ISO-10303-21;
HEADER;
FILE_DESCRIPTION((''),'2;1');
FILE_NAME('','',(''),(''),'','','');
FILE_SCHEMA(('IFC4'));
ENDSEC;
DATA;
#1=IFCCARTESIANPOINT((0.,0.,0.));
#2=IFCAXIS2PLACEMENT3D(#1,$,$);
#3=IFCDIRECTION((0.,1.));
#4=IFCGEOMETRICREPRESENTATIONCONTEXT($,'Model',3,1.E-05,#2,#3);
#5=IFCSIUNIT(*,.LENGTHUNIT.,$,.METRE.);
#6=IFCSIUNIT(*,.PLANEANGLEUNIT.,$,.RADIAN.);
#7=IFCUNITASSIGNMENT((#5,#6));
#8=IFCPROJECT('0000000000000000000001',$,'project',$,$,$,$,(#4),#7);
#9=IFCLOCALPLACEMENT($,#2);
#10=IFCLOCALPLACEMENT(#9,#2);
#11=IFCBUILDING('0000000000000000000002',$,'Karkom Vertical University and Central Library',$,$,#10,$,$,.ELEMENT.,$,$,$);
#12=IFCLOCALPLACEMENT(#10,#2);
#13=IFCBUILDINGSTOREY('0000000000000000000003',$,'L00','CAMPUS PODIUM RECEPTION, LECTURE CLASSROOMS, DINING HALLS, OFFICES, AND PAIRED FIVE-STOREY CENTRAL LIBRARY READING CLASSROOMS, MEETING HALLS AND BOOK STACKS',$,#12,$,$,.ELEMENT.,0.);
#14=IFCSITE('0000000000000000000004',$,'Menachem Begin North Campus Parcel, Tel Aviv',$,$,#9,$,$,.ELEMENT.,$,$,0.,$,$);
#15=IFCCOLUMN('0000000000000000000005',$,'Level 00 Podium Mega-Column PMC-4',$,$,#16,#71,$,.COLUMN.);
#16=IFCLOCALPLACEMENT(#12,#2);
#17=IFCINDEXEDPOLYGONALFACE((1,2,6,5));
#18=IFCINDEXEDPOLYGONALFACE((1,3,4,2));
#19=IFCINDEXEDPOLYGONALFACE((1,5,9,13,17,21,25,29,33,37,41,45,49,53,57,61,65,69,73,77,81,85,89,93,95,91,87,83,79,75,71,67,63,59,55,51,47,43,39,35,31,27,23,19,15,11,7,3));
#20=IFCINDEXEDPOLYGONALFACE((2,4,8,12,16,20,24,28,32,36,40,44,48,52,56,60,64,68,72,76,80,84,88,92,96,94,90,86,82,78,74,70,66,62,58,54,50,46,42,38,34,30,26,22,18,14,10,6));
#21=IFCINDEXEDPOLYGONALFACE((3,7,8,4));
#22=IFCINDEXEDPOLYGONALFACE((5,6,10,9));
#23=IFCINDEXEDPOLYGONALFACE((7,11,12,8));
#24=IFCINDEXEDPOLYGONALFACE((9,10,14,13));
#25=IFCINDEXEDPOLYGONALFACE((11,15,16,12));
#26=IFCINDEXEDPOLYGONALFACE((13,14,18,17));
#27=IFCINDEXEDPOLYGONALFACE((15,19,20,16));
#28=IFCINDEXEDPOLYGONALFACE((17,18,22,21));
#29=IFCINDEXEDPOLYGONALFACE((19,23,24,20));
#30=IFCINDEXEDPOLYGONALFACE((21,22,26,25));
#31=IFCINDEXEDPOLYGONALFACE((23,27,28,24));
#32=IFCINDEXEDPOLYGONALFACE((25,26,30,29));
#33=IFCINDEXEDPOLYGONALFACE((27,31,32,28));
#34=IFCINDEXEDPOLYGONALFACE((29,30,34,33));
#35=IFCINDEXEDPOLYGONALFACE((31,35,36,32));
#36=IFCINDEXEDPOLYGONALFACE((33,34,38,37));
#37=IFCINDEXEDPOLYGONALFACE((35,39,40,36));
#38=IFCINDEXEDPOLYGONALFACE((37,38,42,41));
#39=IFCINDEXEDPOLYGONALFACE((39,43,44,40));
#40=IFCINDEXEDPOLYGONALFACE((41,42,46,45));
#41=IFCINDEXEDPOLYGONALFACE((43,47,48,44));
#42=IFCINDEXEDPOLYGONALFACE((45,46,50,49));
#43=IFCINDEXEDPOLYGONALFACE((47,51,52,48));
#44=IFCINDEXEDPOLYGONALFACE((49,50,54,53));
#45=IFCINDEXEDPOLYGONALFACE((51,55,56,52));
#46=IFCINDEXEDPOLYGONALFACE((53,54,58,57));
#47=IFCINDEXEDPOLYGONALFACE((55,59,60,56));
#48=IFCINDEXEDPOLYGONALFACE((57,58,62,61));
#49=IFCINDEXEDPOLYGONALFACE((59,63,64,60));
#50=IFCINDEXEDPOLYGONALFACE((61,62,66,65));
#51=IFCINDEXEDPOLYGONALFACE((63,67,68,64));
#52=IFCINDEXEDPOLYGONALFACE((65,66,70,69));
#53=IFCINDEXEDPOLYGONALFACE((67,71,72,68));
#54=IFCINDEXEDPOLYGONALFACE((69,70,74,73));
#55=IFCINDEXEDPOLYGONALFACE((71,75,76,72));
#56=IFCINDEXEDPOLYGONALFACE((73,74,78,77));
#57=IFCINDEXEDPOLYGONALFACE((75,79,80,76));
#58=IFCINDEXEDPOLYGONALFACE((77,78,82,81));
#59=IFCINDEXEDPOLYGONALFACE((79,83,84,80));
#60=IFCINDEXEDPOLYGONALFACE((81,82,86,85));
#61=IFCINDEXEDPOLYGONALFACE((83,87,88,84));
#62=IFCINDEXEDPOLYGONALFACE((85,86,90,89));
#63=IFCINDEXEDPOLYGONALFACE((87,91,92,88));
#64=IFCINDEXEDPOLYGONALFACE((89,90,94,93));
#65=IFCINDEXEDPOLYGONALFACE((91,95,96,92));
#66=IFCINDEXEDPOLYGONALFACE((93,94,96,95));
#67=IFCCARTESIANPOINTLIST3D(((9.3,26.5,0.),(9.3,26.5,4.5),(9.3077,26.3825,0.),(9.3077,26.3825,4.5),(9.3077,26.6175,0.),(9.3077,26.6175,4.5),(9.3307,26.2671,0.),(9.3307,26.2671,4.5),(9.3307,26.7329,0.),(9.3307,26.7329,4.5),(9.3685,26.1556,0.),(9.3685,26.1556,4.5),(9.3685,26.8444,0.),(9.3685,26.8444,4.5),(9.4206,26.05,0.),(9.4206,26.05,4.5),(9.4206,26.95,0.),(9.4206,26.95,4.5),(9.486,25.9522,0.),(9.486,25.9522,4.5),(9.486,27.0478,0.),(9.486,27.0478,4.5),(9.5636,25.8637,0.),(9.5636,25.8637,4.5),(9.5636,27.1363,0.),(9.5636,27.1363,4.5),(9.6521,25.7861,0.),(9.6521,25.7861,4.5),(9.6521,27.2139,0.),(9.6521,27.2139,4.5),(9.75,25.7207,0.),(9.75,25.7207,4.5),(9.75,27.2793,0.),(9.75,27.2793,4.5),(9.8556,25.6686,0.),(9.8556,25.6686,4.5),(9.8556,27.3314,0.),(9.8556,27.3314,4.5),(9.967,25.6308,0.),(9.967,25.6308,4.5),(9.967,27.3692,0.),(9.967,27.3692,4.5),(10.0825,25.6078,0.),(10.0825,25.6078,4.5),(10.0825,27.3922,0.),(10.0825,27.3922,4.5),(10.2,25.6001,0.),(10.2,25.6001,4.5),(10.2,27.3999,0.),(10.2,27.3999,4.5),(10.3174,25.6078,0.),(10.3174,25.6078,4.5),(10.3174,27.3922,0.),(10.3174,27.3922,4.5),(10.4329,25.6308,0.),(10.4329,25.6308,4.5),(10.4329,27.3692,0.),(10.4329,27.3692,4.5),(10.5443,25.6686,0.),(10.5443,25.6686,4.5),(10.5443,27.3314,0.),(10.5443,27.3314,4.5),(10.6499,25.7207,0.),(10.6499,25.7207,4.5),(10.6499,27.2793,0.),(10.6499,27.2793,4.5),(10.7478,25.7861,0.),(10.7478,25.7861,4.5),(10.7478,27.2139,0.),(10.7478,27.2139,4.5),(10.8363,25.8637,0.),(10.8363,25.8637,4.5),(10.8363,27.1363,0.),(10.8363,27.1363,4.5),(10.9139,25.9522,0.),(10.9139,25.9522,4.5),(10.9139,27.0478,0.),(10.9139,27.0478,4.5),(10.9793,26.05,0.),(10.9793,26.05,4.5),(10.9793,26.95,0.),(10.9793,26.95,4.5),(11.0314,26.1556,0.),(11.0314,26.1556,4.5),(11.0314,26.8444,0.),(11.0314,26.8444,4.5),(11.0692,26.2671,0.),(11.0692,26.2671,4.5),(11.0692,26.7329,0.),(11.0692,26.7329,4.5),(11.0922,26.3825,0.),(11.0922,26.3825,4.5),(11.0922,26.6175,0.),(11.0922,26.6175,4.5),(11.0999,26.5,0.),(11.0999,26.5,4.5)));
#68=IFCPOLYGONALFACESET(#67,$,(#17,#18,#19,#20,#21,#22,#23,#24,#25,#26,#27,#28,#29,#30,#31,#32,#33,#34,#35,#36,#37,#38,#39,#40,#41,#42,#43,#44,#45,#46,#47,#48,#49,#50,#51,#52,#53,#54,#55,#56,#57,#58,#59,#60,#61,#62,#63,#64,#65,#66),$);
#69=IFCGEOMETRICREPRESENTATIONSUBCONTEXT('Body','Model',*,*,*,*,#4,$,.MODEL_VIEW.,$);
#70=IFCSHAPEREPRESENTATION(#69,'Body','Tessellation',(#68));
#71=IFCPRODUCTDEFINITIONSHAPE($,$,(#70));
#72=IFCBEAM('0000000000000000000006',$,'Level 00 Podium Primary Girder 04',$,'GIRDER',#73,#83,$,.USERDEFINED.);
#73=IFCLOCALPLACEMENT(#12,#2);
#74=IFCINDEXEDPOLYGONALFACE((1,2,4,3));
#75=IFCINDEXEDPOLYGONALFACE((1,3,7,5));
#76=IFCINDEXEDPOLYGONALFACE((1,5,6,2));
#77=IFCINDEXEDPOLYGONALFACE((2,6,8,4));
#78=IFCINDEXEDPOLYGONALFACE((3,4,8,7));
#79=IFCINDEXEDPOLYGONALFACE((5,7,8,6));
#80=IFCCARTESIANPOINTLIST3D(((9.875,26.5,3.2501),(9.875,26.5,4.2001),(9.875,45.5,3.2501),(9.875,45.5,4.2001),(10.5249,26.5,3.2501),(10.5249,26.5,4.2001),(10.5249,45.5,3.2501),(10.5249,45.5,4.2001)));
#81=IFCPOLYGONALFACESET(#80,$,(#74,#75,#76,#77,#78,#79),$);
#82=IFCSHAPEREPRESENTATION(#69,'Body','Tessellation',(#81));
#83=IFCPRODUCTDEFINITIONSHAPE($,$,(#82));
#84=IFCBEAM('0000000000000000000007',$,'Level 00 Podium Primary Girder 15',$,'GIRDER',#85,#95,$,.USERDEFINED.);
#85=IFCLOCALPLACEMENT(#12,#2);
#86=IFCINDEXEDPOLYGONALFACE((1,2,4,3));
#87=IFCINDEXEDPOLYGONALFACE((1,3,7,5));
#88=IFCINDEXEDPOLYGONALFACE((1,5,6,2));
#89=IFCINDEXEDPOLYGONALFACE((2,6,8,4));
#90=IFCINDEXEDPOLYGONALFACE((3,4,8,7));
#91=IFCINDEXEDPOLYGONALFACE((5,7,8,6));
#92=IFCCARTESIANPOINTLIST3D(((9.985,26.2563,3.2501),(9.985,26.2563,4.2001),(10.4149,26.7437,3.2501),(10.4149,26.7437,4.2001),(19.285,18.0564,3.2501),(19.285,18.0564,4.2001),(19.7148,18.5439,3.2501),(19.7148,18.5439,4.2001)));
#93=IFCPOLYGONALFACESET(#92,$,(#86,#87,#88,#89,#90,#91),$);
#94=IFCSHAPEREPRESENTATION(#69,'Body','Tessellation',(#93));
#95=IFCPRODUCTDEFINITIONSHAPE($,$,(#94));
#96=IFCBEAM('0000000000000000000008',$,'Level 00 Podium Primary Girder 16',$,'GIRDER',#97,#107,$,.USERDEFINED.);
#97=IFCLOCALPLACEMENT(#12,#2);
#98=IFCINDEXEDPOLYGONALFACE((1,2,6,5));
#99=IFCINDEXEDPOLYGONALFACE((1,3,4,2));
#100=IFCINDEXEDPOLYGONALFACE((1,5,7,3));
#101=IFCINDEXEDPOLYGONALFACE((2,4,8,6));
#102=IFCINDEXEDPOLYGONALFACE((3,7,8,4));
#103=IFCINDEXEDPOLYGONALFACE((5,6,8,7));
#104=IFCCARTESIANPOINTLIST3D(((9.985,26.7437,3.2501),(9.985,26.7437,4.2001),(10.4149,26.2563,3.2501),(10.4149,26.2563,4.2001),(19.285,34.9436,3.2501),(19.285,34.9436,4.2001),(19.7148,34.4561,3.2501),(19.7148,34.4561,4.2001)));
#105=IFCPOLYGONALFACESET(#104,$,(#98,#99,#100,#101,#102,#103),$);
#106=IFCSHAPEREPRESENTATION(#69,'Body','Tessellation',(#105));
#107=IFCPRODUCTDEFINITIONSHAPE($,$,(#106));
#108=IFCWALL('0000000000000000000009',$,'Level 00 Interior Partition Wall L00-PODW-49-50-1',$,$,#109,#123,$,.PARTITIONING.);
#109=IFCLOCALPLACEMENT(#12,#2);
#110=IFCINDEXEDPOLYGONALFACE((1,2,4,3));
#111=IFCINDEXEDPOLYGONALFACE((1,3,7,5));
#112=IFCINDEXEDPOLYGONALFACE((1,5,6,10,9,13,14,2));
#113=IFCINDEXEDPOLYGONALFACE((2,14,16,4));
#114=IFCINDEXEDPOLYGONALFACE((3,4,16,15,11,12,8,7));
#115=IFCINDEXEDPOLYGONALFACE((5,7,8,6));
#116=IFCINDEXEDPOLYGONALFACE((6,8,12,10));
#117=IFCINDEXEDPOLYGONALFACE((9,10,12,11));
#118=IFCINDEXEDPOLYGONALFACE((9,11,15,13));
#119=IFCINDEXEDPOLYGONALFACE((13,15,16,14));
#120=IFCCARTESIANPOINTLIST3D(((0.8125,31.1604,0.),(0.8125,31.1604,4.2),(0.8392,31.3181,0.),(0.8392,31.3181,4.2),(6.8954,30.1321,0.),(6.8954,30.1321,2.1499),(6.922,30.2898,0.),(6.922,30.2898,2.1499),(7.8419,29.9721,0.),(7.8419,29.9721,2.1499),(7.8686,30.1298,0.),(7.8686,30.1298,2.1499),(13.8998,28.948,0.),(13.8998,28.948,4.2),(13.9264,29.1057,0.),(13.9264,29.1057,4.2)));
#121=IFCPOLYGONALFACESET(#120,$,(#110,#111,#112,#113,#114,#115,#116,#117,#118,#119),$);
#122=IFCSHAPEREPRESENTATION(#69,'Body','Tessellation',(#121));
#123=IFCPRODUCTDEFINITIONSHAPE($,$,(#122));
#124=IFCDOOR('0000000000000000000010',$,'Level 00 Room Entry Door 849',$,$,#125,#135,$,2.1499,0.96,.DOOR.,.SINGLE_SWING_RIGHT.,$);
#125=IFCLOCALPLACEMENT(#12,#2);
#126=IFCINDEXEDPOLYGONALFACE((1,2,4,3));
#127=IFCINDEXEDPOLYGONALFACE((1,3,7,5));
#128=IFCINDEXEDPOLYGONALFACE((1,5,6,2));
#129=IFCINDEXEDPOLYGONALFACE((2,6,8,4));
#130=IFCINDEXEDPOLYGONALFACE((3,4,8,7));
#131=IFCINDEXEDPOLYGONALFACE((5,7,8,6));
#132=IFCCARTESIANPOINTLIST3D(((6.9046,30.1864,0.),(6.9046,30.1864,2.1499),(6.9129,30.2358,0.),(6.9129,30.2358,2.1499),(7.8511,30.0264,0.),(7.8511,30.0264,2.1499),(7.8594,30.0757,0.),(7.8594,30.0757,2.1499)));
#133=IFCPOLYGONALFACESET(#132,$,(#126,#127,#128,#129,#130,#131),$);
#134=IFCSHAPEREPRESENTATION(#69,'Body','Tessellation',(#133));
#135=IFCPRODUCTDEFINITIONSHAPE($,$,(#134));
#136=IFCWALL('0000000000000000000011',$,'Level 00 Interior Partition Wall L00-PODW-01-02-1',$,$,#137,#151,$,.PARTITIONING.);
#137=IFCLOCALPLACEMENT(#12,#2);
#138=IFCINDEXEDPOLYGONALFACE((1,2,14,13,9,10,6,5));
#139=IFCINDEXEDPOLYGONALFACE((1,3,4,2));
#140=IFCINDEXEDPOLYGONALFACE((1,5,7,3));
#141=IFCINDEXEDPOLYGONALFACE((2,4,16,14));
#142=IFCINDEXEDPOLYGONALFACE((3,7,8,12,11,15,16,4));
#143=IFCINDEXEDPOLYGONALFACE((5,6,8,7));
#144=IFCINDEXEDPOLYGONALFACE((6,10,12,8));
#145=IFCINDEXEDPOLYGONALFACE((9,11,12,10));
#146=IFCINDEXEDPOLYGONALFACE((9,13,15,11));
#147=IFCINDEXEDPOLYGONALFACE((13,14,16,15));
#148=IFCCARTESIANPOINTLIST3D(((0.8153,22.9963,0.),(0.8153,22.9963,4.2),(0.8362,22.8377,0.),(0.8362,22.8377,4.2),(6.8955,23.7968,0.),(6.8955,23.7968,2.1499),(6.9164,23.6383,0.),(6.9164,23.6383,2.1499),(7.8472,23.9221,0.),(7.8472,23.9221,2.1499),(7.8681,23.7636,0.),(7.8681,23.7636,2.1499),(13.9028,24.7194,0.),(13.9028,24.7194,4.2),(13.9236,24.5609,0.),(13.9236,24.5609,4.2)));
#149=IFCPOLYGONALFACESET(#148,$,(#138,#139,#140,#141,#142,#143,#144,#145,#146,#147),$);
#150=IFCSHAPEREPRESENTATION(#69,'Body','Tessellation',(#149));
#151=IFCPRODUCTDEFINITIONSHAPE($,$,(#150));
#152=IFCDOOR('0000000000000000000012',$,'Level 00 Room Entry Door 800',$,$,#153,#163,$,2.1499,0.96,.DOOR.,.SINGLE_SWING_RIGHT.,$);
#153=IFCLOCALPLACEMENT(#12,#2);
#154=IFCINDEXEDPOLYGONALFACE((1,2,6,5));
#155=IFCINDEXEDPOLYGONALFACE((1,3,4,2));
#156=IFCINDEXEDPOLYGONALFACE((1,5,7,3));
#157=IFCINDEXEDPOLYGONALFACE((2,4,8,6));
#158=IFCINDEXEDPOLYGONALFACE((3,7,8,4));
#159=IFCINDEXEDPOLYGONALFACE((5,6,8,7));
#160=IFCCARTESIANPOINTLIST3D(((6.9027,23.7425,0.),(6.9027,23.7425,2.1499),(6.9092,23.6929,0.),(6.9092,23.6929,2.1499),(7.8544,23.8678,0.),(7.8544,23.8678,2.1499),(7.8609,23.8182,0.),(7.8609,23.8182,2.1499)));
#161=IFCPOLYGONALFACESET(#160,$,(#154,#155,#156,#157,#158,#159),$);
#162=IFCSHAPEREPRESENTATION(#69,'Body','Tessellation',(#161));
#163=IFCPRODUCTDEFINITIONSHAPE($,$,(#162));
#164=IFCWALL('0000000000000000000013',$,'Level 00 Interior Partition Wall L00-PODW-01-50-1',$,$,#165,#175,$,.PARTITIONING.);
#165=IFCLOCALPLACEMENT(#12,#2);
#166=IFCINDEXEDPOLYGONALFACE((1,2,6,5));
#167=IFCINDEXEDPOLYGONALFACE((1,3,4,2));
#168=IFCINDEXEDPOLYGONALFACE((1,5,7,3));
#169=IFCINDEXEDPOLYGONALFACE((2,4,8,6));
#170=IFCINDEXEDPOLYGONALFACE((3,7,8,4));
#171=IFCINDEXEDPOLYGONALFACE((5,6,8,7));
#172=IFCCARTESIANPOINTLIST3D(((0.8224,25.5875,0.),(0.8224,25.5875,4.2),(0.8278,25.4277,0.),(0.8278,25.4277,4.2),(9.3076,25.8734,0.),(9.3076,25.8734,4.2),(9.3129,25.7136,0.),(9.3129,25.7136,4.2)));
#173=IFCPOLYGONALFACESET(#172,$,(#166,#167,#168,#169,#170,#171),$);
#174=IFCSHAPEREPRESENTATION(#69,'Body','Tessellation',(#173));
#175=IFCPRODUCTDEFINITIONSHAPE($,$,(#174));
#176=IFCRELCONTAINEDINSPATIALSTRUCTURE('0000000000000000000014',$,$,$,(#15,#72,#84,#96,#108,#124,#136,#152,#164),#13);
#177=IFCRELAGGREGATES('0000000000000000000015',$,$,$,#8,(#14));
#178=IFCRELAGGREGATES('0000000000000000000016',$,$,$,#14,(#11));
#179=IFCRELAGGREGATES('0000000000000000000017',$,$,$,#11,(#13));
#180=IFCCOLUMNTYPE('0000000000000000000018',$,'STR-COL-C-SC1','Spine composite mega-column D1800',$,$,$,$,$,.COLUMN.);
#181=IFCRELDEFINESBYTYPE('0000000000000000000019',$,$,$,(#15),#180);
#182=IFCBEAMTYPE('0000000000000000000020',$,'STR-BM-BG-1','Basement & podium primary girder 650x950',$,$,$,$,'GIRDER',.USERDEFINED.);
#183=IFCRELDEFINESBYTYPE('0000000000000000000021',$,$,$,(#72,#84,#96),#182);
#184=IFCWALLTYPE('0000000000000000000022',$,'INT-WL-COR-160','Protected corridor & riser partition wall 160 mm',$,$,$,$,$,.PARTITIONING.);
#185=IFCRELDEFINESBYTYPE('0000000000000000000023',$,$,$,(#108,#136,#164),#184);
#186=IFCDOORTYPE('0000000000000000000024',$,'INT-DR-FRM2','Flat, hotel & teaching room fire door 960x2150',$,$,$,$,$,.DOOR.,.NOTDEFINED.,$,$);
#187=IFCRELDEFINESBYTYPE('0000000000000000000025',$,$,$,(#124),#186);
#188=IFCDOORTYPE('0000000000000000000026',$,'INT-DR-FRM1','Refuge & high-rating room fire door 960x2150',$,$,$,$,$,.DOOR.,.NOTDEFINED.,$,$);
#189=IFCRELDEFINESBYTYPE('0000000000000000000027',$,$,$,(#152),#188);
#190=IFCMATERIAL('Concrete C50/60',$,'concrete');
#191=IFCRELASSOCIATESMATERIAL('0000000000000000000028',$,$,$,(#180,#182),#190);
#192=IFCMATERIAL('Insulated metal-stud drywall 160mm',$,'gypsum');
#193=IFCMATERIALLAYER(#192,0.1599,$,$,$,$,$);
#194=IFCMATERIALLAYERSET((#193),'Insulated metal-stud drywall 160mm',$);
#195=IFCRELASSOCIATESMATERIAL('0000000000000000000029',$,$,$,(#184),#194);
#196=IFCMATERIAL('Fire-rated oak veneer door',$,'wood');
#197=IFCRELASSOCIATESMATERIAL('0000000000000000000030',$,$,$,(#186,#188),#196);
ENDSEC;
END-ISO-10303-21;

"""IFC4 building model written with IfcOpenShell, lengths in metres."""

from ifc_helpers import new_model, si_unit, direction, frame, frame_2d, origin, origin_with_axes, origin_2d, place, context, subcontext, project, spatial, rectangle, circle, extrude, source, transform, mapped, material, layer, layer_set, material_profile, profile_set, type_object, element, fill, save


model = new_model("IFC4")

# Units and contexts
model_context = context("Model", 3, precision=1e-05, world=origin(), true_north=direction((0.0, 1.0)))
body_context = subcontext(model_context, "Body", "Model", "MODEL_VIEW")
ifc_project = project(units=[si_unit("LENGTHUNIT", "METRE"), si_unit("PLANEANGLEUNIT", "RADIAN")], contexts=[model_context])

# Site, building, storey
site_placement = place(None, origin())
site = spatial("IfcSite", under=ifc_project, at=site_placement, Name="Menachem Begin North Campus Parcel, Tel Aviv", CompositionType="ELEMENT", RefElevation=0.0)
building_placement = place(site_placement, origin())
building = spatial("IfcBuilding", under=site, at=building_placement, Name="Karkom Vertical University and Central Library", CompositionType="ELEMENT")
storey_placement = place(building_placement, origin())
storey = spatial("IfcBuildingStorey", under=building, at=storey_placement, Name="L00", Description="CAMPUS PODIUM RECEPTION, LECTURE CLASSROOMS, DINING HALLS, OFFICES, AND PAIRED FIVE-STOREY CENTRAL LIBRARY READING CLASSROOMS, MEETING HALLS AND BOOK STACKS", CompositionType="ELEMENT", Elevation=0.0)

# Column
ifc_material_1 = material(Name="Concrete C50/60", Category="concrete")
ifc_material_profile_1 = material_profile(ifc_material_1, circle(Radius=0.8999, at=origin_2d()), Name="CFT-D1800")
ifc_profile_set_1 = profile_set([ifc_material_profile_1], Name="Concrete C50/60")
column_type = type_object("IfcColumnType", Name="STR-COL-C-SC1", Description="Spine composite mega-column D1800", PredefinedType="COLUMN", material=ifc_profile_set_1)
shared_shape_1 = source(origin_with_axes(), body_context, "Body", "SweptSolid", [
    extrude(circle(Radius=0.8999, at=origin_2d()), origin(), (0.0, 0.0, 1.0), 4.5),
])
column_placement = place(storey_placement, frame((10.2, 26.5, 0.0), z_axis=(0.0, 0.0, 1.0), x_axis=(1.0, 0.0, 0.0)))
element("IfcColumn", 1, at=column_placement, inside=storey, type_object=column_type, Name="Level 00 Podium Mega-Column PMC-4", PredefinedType="COLUMN", context=body_context, shape_type="MappedRepresentation", body=[
    mapped(shared_shape_1, transform((0.0, 0.0, 0.0), scale=1.0)),
])

# Beams
ifc_material_profile_2 = material_profile(ifc_material_1, rectangle(XDim=0.6499, YDim=0.95, at=origin_2d()), Name="RCG-650x950")
ifc_profile_set_2 = profile_set([ifc_material_profile_2], Name="Concrete C50/60")
beam_type = type_object("IfcBeamType", Name="STR-BM-BG-1", Description="Basement & podium primary girder 650x950", ElementType="GIRDER", PredefinedType="USERDEFINED", material=ifc_profile_set_2)
shared_shape_2 = source(origin_with_axes(), body_context, "Body", "SweptSolid", [
    extrude(rectangle(XDim=0.6499, YDim=0.95, at=origin_2d()), origin(), (0.0, 0.0, 1.0), 19.0),
])
beam_placement = place(storey_placement, frame((10.2, 26.5, 3.7251), z_axis=(0.0, 1.0, 0.0), x_axis=(-1.0, 0.0, 0.0)))
element("IfcBeam", 2, at=beam_placement, inside=storey, type_object=beam_type, Name="Level 00 Podium Primary Girder 04", ObjectType="GIRDER", PredefinedType="USERDEFINED", context=body_context, shape_type="MappedRepresentation", body=[
    mapped(shared_shape_2, transform((0.0, 0.0, 0.0), scale=1.0)),
])
shared_shape_3 = source(origin_with_axes(), body_context, "Body", "SweptSolid", [
    extrude(rectangle(XDim=0.6499, YDim=0.95, at=origin_2d()), origin(), (0.0, 0.0, 1.0), 12.3987),
])
for number, where, z_axis, x_axis, name in (
    (3, (10.2, 26.5, 3.7251), (0.750077, -0.661351, 0.0), (0.661351, 0.750077, 0.0), "Level 00 Podium Primary Girder 15"),
    (4, (10.2, 26.5, 3.7251), (0.750077, 0.661351, 0.0), (-0.661351, 0.750077, 0.0), "Level 00 Podium Primary Girder 16"),
):
    element("IfcBeam", number, at=place(storey_placement, frame(where, z_axis=z_axis, x_axis=x_axis)), inside=storey, type_object=beam_type, Name=name, ObjectType="GIRDER", PredefinedType="USERDEFINED", context=body_context, shape_type="MappedRepresentation", body=[
        mapped(shared_shape_3, transform((0.0, 0.0, 0.0), scale=1.0)),
    ])

# Walls, openings, doors
ifc_material_2 = material(Name="Insulated metal-stud drywall 160mm", Category="gypsum")
ifc_layer_1 = layer(ifc_material_2, 0.1599)
ifc_layer_set_1 = layer_set([ifc_layer_1], Name="Insulated metal-stud drywall 160mm")
wall_type_1 = type_object("IfcWallType", Name="INT-WL-COR-160", Description="Protected corridor & riser partition wall 160 mm", PredefinedType="PARTITIONING", material=ifc_layer_set_1)
wall_1_placement = place(storey_placement, frame((13.9131, 29.0269, 0.0), z_axis=(0.0, 0.0, 1.0), x_axis=(-0.98601, 0.166686, 0.0)))
wall_1 = element("IfcWall", 5, at=wall_1_placement, inside=storey, type_object=wall_type_1, Name="Level 00 Interior Partition Wall L00-PODW-49-50-1", PredefinedType="PARTITIONING", context=body_context, shape_type="SweptSolid", body=[
    extrude(rectangle(XDim=13.2729, YDim=0.1599, at=frame_2d((6.6365, 0.0))), origin(), (0.0, 0.0, 1.0), 4.2),
])
opening_1_placement = place(wall_1_placement, frame((6.1438, 0.0, 0.0)))
opening_1 = element("IfcOpeningElement", 6, at=opening_1_placement, cuts=wall_1, PredefinedType="OPENING", context=body_context, shape_type="SweptSolid", body=[
    extrude(rectangle(XDim=0.96, YDim=2.1499, at=frame_2d((0.48, 1.075))), frame((0.0, 0.0898, 0.0), z_axis=(0.0, -1.0, 0.0), x_axis=(1.0, 0.0, 0.0)), (0.0, 0.0, 1.0), 0.1799),
])
ifc_material_3 = material(Name="Fire-rated oak veneer door", Category="wood")
door_type_1 = type_object("IfcDoorType", Name="INT-DR-FRM2", Description="Flat, hotel & teaching room fire door 960x2150", OperationType="NOTDEFINED", PredefinedType="DOOR", material=ifc_material_3)
shared_shape_4 = source(origin_with_axes(), body_context, "Body", "SweptSolid", [
    extrude(rectangle(XDim=0.96, YDim=2.1499, at=frame_2d((0.48, 1.075))), frame((0.0, 0.0249, 0.0), z_axis=(0.0, -1.0, 0.0), x_axis=(1.0, 0.0, 0.0)), (0.0, 0.0, 1.0), 0.05),
])
door_1_placement = place(opening_1_placement, origin())
door_1 = element("IfcDoor", 7, at=door_1_placement, inside=storey, type_object=door_type_1, Name="Level 00 Room Entry Door 849", OperationType="SINGLE_SWING_RIGHT", OverallHeight=2.1499, OverallWidth=0.96, PredefinedType="DOOR", context=body_context, shape_type="MappedRepresentation", body=[
    mapped(shared_shape_4, transform((0.0, 0.0, 0.0), scale=1.0)),
])
fill(opening_1, door_1)
wall_2_placement = place(storey_placement, frame((13.9131, 24.6401, 0.0), z_axis=(0.0, 0.0, 1.0), x_axis=(-0.991443, -0.130538, 0.0)))
wall_2 = element("IfcWall", 8, at=wall_2_placement, inside=storey, type_object=wall_type_1, Name="Level 00 Interior Partition Wall L00-PODW-01-02-1", PredefinedType="PARTITIONING", context=body_context, shape_type="SweptSolid", body=[
    extrude(rectangle(XDim=13.2004, YDim=0.1599, at=frame_2d((6.6001, 0.0))), origin(), (0.0, 0.0, 1.0), 4.2),
])
opening_2_placement = place(wall_2_placement, frame((6.1077, 0.0, 0.0)))
opening_2 = element("IfcOpeningElement", 9, at=opening_2_placement, cuts=wall_2, PredefinedType="OPENING", context=body_context, shape_type="SweptSolid", body=[
    extrude(rectangle(XDim=0.96, YDim=2.1499, at=frame_2d((0.48, 1.075))), frame((0.0, 0.0898, 0.0), z_axis=(0.0, -1.0, 0.0), x_axis=(1.0, 0.0, 0.0)), (0.0, 0.0, 1.0), 0.1799),
])
door_type_2 = type_object("IfcDoorType", Name="INT-DR-FRM1", Description="Refuge & high-rating room fire door 960x2150", OperationType="NOTDEFINED", PredefinedType="DOOR", material=ifc_material_3)
door_2_placement = place(opening_2_placement, origin())
door_2 = element("IfcDoor", 10, at=door_2_placement, inside=storey, type_object=door_type_2, Name="Level 00 Room Entry Door 800", OperationType="SINGLE_SWING_RIGHT", OverallHeight=2.1499, OverallWidth=0.96, PredefinedType="DOOR", context=body_context, shape_type="MappedRepresentation", body=[
    mapped(shared_shape_4, transform((0.0, 0.0, 0.0), scale=1.0)),
])
fill(opening_2, door_2)

# Wall
wall_3_placement = place(storey_placement, frame((0.825, 25.5076, 0.0), z_axis=(0.0, 0.0, 1.0), x_axis=(0.999433, 0.033674, 0.0)))
element("IfcWall", 11, at=wall_3_placement, inside=storey, type_object=wall_type_1, Name="Level 00 Interior Partition Wall L00-PODW-01-50-1", PredefinedType="PARTITIONING", context=body_context, shape_type="SweptSolid", body=[
    extrude(rectangle(XDim=8.49, YDim=0.1599, at=frame_2d((4.2451, 0.0))), origin(), (0.0, 0.0, 1.0), 4.2),
])

save(model, "model.ifc")
